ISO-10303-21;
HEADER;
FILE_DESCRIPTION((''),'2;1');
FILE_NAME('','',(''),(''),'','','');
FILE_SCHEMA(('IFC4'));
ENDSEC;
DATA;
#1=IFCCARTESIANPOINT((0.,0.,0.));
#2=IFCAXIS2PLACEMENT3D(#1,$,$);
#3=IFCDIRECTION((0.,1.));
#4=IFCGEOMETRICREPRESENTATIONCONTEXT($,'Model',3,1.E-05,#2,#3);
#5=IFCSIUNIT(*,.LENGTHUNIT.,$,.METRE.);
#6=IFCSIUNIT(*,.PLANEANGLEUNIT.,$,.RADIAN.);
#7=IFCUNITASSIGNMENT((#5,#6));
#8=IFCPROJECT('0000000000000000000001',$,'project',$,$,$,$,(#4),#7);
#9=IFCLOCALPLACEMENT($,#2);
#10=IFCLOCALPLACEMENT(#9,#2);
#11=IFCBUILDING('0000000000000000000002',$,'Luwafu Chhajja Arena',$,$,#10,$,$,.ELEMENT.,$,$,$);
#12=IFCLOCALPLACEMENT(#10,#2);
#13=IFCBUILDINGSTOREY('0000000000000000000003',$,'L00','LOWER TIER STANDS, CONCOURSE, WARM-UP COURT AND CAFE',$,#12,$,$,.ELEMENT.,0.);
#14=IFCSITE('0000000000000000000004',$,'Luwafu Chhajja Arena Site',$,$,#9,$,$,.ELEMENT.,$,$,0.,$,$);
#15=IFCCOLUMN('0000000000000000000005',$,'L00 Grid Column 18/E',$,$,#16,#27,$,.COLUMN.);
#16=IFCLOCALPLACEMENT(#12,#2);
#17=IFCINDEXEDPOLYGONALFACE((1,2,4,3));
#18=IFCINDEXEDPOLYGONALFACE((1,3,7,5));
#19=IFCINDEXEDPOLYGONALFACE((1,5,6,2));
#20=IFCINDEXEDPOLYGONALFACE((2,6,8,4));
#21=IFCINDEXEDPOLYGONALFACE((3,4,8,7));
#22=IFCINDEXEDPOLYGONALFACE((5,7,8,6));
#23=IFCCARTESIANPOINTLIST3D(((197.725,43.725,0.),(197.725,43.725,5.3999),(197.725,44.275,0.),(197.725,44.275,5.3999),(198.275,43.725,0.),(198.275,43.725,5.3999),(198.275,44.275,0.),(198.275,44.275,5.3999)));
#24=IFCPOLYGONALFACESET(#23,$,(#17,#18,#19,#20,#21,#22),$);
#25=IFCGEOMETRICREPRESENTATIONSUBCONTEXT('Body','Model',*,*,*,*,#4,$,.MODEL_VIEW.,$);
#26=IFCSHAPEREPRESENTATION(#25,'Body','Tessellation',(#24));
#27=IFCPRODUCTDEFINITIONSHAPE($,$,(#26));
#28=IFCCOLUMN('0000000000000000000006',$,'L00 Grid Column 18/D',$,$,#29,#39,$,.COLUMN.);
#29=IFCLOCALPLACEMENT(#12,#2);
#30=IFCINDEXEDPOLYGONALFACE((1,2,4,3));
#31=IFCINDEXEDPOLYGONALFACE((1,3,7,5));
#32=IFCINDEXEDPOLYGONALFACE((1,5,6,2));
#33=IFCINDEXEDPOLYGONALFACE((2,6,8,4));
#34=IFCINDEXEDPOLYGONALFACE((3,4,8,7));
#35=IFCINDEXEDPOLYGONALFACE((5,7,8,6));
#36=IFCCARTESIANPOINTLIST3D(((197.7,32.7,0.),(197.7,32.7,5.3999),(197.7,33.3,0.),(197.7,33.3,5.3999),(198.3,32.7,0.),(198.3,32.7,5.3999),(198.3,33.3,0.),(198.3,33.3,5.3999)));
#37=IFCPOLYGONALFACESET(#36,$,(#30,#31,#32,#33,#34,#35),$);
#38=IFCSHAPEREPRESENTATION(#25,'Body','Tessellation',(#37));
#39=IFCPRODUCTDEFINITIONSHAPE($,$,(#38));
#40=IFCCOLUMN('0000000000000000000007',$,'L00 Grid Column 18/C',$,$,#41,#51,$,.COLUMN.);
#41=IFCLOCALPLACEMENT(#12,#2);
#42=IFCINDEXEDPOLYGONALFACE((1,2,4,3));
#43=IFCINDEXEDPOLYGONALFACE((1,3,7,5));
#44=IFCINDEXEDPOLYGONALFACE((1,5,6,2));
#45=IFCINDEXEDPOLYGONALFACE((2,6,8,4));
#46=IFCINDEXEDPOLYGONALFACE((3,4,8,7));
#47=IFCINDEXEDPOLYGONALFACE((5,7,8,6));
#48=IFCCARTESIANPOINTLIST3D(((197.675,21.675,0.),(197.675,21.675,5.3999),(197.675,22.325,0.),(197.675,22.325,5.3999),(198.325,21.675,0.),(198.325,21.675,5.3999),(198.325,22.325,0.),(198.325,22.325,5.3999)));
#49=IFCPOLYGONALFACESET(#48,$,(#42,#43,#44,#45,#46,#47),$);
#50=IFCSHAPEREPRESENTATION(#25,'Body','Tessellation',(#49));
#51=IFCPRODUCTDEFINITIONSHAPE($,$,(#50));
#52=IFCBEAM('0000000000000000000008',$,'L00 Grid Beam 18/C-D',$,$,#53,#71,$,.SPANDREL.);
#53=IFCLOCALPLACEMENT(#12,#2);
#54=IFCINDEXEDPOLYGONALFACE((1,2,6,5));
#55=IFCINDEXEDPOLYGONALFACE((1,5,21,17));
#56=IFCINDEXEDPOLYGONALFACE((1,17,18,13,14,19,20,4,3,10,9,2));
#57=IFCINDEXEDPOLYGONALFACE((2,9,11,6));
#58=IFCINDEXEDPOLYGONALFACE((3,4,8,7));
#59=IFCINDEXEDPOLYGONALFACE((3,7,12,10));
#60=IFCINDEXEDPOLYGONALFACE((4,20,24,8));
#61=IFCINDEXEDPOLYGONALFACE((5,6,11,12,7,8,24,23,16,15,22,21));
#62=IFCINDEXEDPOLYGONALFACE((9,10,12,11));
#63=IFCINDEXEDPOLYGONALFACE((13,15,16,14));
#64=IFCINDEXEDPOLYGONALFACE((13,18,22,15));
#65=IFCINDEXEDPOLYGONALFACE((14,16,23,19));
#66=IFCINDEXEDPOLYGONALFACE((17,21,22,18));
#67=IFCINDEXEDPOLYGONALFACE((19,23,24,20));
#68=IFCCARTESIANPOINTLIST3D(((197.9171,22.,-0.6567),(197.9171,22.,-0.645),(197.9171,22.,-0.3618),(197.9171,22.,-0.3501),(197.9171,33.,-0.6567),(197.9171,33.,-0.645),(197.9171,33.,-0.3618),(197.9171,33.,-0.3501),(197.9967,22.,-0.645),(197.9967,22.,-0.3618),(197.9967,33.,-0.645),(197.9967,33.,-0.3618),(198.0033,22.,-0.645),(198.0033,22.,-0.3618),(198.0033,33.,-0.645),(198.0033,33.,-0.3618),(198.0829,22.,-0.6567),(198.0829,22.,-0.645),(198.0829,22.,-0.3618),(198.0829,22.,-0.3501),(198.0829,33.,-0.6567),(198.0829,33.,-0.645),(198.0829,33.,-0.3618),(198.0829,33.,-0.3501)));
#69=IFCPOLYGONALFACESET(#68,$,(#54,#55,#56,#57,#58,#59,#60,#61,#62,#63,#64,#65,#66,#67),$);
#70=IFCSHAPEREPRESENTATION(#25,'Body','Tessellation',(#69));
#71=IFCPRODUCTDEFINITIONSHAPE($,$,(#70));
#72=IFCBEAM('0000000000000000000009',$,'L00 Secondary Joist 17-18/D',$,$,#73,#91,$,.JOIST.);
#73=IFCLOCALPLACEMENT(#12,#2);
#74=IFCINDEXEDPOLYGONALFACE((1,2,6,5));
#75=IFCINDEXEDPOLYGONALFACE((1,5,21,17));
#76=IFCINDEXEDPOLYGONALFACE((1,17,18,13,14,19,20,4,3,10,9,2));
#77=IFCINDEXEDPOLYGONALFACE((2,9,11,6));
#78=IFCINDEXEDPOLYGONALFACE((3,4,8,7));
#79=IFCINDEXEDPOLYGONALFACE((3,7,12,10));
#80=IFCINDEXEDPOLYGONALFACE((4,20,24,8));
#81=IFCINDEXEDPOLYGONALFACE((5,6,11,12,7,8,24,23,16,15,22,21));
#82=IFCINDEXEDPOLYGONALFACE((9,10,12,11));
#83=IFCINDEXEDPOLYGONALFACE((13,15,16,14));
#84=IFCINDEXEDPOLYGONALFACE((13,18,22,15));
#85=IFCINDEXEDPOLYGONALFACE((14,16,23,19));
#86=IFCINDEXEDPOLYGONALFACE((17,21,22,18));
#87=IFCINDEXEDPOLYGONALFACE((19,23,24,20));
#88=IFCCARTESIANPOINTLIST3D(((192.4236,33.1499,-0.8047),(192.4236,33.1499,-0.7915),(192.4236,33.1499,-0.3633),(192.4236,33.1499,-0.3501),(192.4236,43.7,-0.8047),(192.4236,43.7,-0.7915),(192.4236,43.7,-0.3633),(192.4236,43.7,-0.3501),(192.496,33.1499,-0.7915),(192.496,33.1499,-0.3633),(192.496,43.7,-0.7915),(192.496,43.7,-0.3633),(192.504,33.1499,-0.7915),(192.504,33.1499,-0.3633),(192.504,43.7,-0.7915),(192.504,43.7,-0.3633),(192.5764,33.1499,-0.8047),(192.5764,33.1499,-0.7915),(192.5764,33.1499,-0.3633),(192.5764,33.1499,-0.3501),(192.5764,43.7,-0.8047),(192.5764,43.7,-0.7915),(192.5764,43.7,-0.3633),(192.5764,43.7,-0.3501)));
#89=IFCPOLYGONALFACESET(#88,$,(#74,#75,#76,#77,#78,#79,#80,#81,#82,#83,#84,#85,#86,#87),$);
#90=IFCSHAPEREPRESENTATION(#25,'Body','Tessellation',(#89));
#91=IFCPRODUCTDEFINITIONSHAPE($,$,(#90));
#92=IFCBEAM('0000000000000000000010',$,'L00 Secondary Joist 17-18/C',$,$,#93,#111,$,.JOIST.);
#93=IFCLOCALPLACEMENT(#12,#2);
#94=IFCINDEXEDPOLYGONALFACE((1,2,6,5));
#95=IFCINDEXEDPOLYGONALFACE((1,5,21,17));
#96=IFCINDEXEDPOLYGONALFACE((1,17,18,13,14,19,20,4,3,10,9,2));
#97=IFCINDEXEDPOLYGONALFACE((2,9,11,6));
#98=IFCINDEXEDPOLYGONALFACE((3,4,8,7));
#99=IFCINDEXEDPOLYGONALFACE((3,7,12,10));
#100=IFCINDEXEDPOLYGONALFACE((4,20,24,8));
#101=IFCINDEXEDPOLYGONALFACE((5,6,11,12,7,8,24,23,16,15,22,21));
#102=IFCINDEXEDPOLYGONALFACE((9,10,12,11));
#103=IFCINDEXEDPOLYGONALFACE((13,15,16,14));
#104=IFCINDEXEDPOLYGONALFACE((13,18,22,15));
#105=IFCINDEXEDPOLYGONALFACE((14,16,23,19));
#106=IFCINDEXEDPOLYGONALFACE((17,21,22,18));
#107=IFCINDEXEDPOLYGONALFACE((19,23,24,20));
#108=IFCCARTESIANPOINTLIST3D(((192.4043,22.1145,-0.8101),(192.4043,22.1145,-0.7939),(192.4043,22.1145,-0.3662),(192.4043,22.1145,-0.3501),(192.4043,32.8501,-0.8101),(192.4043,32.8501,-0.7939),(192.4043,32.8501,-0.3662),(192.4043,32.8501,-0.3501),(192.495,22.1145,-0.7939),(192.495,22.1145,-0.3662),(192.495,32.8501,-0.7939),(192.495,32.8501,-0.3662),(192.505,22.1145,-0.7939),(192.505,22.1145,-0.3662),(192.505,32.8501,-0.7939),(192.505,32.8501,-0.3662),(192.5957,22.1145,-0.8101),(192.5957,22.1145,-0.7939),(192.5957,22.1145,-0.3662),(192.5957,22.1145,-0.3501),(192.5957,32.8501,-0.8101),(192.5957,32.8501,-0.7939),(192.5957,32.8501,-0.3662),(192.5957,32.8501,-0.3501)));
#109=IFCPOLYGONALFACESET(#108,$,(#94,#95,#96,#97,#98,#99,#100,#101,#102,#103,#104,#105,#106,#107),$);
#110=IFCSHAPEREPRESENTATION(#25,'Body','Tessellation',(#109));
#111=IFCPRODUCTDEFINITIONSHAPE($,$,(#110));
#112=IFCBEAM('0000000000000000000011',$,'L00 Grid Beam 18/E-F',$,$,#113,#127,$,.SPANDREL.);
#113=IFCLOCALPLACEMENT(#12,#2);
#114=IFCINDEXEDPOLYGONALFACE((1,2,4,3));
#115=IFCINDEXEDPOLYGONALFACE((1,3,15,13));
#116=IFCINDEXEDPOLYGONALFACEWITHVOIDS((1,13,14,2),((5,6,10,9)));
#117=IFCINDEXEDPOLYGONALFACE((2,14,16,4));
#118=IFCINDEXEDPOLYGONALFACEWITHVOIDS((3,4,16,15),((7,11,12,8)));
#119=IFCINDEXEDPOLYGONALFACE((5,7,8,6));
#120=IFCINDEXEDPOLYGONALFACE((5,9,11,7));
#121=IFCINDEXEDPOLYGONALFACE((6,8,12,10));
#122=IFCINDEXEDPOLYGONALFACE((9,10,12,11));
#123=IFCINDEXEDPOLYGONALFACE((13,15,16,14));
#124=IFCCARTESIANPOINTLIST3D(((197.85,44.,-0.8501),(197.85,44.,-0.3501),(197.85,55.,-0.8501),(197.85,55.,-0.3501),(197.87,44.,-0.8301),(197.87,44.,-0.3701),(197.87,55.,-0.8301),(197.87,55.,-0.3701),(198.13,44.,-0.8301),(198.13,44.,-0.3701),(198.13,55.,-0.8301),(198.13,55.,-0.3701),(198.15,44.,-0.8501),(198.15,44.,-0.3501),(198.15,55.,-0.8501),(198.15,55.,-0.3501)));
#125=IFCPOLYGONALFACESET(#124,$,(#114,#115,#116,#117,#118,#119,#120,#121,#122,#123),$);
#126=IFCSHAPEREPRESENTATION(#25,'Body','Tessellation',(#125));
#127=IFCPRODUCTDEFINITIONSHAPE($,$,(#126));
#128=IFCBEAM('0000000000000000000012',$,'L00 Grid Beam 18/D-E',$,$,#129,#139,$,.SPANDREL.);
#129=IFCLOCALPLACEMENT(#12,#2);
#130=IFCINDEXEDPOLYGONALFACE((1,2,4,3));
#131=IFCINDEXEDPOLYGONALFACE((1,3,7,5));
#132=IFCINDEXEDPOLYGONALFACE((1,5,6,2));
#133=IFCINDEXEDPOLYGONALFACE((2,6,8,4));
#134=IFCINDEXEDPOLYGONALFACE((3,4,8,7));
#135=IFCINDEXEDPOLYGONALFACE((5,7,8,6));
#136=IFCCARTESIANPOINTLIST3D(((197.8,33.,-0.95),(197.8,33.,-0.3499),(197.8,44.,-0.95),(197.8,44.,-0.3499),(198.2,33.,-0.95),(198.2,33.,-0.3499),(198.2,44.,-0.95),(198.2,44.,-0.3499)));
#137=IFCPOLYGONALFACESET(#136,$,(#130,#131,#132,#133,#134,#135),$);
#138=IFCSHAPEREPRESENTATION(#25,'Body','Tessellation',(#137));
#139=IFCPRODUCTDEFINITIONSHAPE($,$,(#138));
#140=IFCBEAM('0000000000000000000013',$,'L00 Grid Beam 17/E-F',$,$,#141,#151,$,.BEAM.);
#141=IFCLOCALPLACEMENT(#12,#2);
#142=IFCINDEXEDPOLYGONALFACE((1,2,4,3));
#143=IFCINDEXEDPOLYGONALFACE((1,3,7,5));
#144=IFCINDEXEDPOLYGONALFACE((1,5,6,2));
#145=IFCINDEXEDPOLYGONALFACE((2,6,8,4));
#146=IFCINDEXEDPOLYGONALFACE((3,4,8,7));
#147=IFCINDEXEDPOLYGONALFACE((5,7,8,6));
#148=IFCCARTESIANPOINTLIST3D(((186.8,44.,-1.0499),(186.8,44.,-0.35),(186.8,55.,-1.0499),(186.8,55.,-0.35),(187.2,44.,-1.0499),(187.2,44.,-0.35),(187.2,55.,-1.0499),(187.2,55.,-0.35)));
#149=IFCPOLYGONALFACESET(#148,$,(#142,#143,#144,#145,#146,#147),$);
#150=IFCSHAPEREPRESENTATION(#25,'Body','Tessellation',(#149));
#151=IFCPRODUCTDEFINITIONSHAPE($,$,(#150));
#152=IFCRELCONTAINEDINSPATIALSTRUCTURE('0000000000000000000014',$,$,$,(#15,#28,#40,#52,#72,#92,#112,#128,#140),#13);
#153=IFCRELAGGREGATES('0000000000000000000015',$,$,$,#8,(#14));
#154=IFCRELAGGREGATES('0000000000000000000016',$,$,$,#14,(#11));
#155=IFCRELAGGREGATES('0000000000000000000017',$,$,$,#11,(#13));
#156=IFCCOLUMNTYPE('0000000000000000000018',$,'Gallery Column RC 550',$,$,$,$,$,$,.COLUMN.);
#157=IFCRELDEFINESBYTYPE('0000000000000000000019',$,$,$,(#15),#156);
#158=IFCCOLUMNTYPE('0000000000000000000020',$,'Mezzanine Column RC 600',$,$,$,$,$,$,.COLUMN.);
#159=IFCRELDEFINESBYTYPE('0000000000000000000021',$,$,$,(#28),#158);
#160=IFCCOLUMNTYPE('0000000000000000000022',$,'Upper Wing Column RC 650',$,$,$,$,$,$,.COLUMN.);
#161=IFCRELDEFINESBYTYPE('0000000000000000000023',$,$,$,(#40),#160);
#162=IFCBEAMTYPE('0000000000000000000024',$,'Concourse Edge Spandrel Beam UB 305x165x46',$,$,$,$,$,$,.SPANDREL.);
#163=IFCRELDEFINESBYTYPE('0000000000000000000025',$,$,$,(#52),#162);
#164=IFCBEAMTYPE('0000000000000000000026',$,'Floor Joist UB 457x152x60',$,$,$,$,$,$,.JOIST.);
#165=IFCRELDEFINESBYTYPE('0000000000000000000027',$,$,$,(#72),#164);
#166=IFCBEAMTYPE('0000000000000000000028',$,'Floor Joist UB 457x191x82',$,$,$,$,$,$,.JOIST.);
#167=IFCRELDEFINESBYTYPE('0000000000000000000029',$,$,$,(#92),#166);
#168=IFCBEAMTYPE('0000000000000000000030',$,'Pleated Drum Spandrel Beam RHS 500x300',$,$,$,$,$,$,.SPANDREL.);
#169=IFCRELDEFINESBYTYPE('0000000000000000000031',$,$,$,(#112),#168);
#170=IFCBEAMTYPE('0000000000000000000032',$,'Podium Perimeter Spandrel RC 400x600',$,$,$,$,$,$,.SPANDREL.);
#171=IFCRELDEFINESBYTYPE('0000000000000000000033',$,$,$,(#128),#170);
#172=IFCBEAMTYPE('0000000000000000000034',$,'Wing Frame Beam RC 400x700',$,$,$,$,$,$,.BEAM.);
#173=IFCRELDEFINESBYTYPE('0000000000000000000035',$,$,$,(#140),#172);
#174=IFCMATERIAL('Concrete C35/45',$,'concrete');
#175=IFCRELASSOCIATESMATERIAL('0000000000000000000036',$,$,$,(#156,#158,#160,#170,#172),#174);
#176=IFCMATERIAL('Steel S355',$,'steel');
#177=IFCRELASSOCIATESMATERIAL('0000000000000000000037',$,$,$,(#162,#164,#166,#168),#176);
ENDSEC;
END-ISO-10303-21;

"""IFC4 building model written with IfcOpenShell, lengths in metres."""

from ifc_helpers import new_model, si_unit, direction, frame, origin, origin_2d, place, context, subcontext, project, spatial, rectangle, hollow_rectangle, i_section, extrude, material, material_profile, profile_set, type_object, element, save


model = new_model("IFC4")

# Units and contexts
model_context = context("Model", 3, precision=1e-05, world=origin(), true_north=direction((0.0, 1.0)))
body_context = subcontext(model_context, "Body", "Model", "MODEL_VIEW")
ifc_project = project(units=[si_unit("LENGTHUNIT", "METRE"), si_unit("PLANEANGLEUNIT", "RADIAN")], contexts=[model_context])

# Site, building, storey
site_placement = place(None, origin())
site = spatial("IfcSite", under=ifc_project, at=site_placement, Name="Luwafu Chhajja Arena Site", CompositionType="ELEMENT", RefElevation=0.0)
building_placement = place(site_placement, origin())
building = spatial("IfcBuilding", under=site, at=building_placement, Name="Luwafu Chhajja Arena", CompositionType="ELEMENT")
storey_placement = place(building_placement, origin())
storey = spatial("IfcBuildingStorey", under=building, at=storey_placement, Name="L00", Description="LOWER TIER STANDS, CONCOURSE, WARM-UP COURT AND CAFE", CompositionType="ELEMENT", Elevation=0.0)

# Columns
ifc_material_1 = material(Name="Concrete C35/45", Category="concrete")
ifc_material_profile_1 = material_profile(ifc_material_1, rectangle(XDim=0.55, YDim=0.55, at=origin_2d()), Name="RC 550x550")
ifc_profile_set_1 = profile_set([ifc_material_profile_1], Name="Concrete C35/45")
column_type_1 = type_object("IfcColumnType", Name="Gallery Column RC 550", PredefinedType="COLUMN", material=ifc_profile_set_1)
column_1_placement = place(storey_placement, frame((198.0, 44.0, 0.0), z_axis=(0.0, 0.0, 1.0), x_axis=(1.0, 0.0, 0.0)))
element("IfcColumn", 1, at=column_1_placement, inside=storey, type_object=column_type_1, Name="L00 Grid Column 18/E", PredefinedType="COLUMN", context=body_context, shape_type="SweptSolid", body=[
    extrude(rectangle(XDim=0.55, YDim=0.55, at=origin_2d()), origin(), (0.0, 0.0, 1.0), 5.3999),
])
ifc_material_profile_2 = material_profile(ifc_material_1, rectangle(XDim=0.6001, YDim=0.6001, at=origin_2d()), Name="RC 600x600")
ifc_profile_set_2 = profile_set([ifc_material_profile_2], Name="Concrete C35/45")
column_type_2 = type_object("IfcColumnType", Name="Mezzanine Column RC 600", PredefinedType="COLUMN", material=ifc_profile_set_2)
column_2_placement = place(storey_placement, frame((198.0, 33.0, 0.0), z_axis=(0.0, 0.0, 1.0), x_axis=(1.0, 0.0, 0.0)))
element("IfcColumn", 2, at=column_2_placement, inside=storey, type_object=column_type_2, Name="L00 Grid Column 18/D", PredefinedType="COLUMN", context=body_context, shape_type="SweptSolid", body=[
    extrude(rectangle(XDim=0.6001, YDim=0.6001, at=origin_2d()), origin(), (0.0, 0.0, 1.0), 5.3999),
])
ifc_material_profile_3 = material_profile(ifc_material_1, rectangle(XDim=0.6499, YDim=0.6499, at=origin_2d()), Name="RC 650x650")
ifc_profile_set_3 = profile_set([ifc_material_profile_3], Name="Concrete C35/45")
column_type_3 = type_object("IfcColumnType", Name="Upper Wing Column RC 650", PredefinedType="COLUMN", material=ifc_profile_set_3)
column_3_placement = place(storey_placement, frame((198.0, 22.0, 0.0), z_axis=(0.0, 0.0, 1.0), x_axis=(1.0, 0.0, 0.0)))
element("IfcColumn", 3, at=column_3_placement, inside=storey, type_object=column_type_3, Name="L00 Grid Column 18/C", PredefinedType="COLUMN", context=body_context, shape_type="SweptSolid", body=[
    extrude(rectangle(XDim=0.6499, YDim=0.6499, at=origin_2d()), origin(), (0.0, 0.0, 1.0), 5.3999),
])

# Beams
ifc_material_2 = material(Name="Steel S355", Category="steel")
ifc_material_profile_4 = material_profile(ifc_material_2, i_section(OverallWidth=0.1658, OverallDepth=0.3066, WebThickness=0.0066, FlangeThickness=0.0117, at=origin_2d()), Name="UB 305x165x46")
ifc_profile_set_4 = profile_set([ifc_material_profile_4], Name="Steel S355")
beam_type_1 = type_object("IfcBeamType", Name="Concourse Edge Spandrel Beam UB 305x165x46", PredefinedType="SPANDREL", material=ifc_profile_set_4)
beam_1_placement = place(storey_placement, frame((198.0, 22.0, -0.5034), z_axis=(0.0, 1.0, 0.0), x_axis=(-1.0, 0.0, 0.0)))
element("IfcBeam", 4, at=beam_1_placement, inside=storey, type_object=beam_type_1, Name="L00 Grid Beam 18/C-D", PredefinedType="SPANDREL", context=body_context, shape_type="SweptSolid", body=[
    extrude(i_section(OverallWidth=0.1658, OverallDepth=0.3066, WebThickness=0.0066, FlangeThickness=0.0117, at=origin_2d()), origin(), (0.0, 0.0, 1.0), 11.0),
])
ifc_material_profile_5 = material_profile(ifc_material_2, i_section(OverallWidth=0.1528, OverallDepth=0.4546, WebThickness=0.0081, FlangeThickness=0.0132, at=origin_2d()), Name="UB 457x152x60")
ifc_profile_set_5 = profile_set([ifc_material_profile_5], Name="Steel S355")
beam_type_2 = type_object("IfcBeamType", Name="Floor Joist UB 457x152x60", PredefinedType="JOIST", material=ifc_profile_set_5)
beam_2_placement = place(storey_placement, frame((192.5, 33.1499, -0.5774), z_axis=(0.0, 1.0, 0.0), x_axis=(-1.0, 0.0, 0.0)))
element("IfcBeam", 5, at=beam_2_placement, inside=storey, type_object=beam_type_2, Name="L00 Secondary Joist 17-18/D", PredefinedType="JOIST", context=body_context, shape_type="SweptSolid", body=[
    extrude(i_section(OverallWidth=0.1528, OverallDepth=0.4546, WebThickness=0.0081, FlangeThickness=0.0132, at=origin_2d()), origin(), (0.0, 0.0, 1.0), 10.55),
])
ifc_material_profile_6 = material_profile(ifc_material_2, i_section(OverallWidth=0.1914, OverallDepth=0.46, WebThickness=0.01, FlangeThickness=0.0161, at=origin_2d()), Name="UB 457x191x82")
ifc_profile_set_6 = profile_set([ifc_material_profile_6], Name="Steel S355")
beam_type_3 = type_object("IfcBeamType", Name="Floor Joist UB 457x191x82", PredefinedType="JOIST", material=ifc_profile_set_6)
beam_3_placement = place(storey_placement, frame((192.5, 22.1145, -0.5801), z_axis=(0.0, 1.0, 0.0), x_axis=(-1.0, 0.0, 0.0)))
element("IfcBeam", 6, at=beam_3_placement, inside=storey, type_object=beam_type_3, Name="L00 Secondary Joist 17-18/C", PredefinedType="JOIST", context=body_context, shape_type="SweptSolid", body=[
    extrude(i_section(OverallWidth=0.1914, OverallDepth=0.46, WebThickness=0.01, FlangeThickness=0.0161, at=origin_2d()), origin(), (0.0, 0.0, 1.0), 10.7356),
])
ifc_material_profile_7 = material_profile(ifc_material_2, hollow_rectangle(XDim=0.3, YDim=0.5, WallThickness=0.02, at=origin_2d()), Name="RHS 500x300x20")
ifc_profile_set_7 = profile_set([ifc_material_profile_7], Name="Steel S355")
beam_type_4 = type_object("IfcBeamType", Name="Pleated Drum Spandrel Beam RHS 500x300", PredefinedType="SPANDREL", material=ifc_profile_set_7)
beam_4_placement = place(storey_placement, frame((198.0, 44.0, -0.6001), z_axis=(0.0, 1.0, 0.0), x_axis=(-1.0, 0.0, 0.0)))
element("IfcBeam", 7, at=beam_4_placement, inside=storey, type_object=beam_type_4, Name="L00 Grid Beam 18/E-F", PredefinedType="SPANDREL", context=body_context, shape_type="SweptSolid", body=[
    extrude(hollow_rectangle(XDim=0.3, YDim=0.5, WallThickness=0.02, at=origin_2d()), origin(), (0.0, 0.0, 1.0), 11.0),
])
ifc_material_profile_8 = material_profile(ifc_material_1, rectangle(XDim=0.3999, YDim=0.6001, at=origin_2d()), Name="RC 400x600")
ifc_profile_set_8 = profile_set([ifc_material_profile_8], Name="Concrete C35/45")
beam_type_5 = type_object("IfcBeamType", Name="Podium Perimeter Spandrel RC 400x600", PredefinedType="SPANDREL", material=ifc_profile_set_8)
beam_5_placement = place(storey_placement, frame((198.0, 33.0, -0.6499), z_axis=(0.0, 1.0, 0.0), x_axis=(-1.0, 0.0, 0.0)))
element("IfcBeam", 8, at=beam_5_placement, inside=storey, type_object=beam_type_5, Name="L00 Grid Beam 18/D-E", PredefinedType="SPANDREL", context=body_context, shape_type="SweptSolid", body=[
    extrude(rectangle(XDim=0.3999, YDim=0.6001, at=origin_2d()), origin(), (0.0, 0.0, 1.0), 11.0),
])
ifc_material_profile_9 = material_profile(ifc_material_1, rectangle(XDim=0.3999, YDim=0.7, at=origin_2d()), Name="RC 400x700")
ifc_profile_set_9 = profile_set([ifc_material_profile_9], Name="Concrete C35/45")
beam_type_6 = type_object("IfcBeamType", Name="Wing Frame Beam RC 400x700", PredefinedType="BEAM", material=ifc_profile_set_9)
beam_6_placement = place(storey_placement, frame((187.0, 44.0, -0.7), z_axis=(0.0, 1.0, 0.0), x_axis=(-1.0, 0.0, 0.0)))
element("IfcBeam", 9, at=beam_6_placement, inside=storey, type_object=beam_type_6, Name="L00 Grid Beam 17/E-F", PredefinedType="BEAM", context=body_context, shape_type="SweptSolid", body=[
    extrude(rectangle(XDim=0.3999, YDim=0.7, at=origin_2d()), origin(), (0.0, 0.0, 1.0), 11.0),
])

save(model, "model.ifc")
